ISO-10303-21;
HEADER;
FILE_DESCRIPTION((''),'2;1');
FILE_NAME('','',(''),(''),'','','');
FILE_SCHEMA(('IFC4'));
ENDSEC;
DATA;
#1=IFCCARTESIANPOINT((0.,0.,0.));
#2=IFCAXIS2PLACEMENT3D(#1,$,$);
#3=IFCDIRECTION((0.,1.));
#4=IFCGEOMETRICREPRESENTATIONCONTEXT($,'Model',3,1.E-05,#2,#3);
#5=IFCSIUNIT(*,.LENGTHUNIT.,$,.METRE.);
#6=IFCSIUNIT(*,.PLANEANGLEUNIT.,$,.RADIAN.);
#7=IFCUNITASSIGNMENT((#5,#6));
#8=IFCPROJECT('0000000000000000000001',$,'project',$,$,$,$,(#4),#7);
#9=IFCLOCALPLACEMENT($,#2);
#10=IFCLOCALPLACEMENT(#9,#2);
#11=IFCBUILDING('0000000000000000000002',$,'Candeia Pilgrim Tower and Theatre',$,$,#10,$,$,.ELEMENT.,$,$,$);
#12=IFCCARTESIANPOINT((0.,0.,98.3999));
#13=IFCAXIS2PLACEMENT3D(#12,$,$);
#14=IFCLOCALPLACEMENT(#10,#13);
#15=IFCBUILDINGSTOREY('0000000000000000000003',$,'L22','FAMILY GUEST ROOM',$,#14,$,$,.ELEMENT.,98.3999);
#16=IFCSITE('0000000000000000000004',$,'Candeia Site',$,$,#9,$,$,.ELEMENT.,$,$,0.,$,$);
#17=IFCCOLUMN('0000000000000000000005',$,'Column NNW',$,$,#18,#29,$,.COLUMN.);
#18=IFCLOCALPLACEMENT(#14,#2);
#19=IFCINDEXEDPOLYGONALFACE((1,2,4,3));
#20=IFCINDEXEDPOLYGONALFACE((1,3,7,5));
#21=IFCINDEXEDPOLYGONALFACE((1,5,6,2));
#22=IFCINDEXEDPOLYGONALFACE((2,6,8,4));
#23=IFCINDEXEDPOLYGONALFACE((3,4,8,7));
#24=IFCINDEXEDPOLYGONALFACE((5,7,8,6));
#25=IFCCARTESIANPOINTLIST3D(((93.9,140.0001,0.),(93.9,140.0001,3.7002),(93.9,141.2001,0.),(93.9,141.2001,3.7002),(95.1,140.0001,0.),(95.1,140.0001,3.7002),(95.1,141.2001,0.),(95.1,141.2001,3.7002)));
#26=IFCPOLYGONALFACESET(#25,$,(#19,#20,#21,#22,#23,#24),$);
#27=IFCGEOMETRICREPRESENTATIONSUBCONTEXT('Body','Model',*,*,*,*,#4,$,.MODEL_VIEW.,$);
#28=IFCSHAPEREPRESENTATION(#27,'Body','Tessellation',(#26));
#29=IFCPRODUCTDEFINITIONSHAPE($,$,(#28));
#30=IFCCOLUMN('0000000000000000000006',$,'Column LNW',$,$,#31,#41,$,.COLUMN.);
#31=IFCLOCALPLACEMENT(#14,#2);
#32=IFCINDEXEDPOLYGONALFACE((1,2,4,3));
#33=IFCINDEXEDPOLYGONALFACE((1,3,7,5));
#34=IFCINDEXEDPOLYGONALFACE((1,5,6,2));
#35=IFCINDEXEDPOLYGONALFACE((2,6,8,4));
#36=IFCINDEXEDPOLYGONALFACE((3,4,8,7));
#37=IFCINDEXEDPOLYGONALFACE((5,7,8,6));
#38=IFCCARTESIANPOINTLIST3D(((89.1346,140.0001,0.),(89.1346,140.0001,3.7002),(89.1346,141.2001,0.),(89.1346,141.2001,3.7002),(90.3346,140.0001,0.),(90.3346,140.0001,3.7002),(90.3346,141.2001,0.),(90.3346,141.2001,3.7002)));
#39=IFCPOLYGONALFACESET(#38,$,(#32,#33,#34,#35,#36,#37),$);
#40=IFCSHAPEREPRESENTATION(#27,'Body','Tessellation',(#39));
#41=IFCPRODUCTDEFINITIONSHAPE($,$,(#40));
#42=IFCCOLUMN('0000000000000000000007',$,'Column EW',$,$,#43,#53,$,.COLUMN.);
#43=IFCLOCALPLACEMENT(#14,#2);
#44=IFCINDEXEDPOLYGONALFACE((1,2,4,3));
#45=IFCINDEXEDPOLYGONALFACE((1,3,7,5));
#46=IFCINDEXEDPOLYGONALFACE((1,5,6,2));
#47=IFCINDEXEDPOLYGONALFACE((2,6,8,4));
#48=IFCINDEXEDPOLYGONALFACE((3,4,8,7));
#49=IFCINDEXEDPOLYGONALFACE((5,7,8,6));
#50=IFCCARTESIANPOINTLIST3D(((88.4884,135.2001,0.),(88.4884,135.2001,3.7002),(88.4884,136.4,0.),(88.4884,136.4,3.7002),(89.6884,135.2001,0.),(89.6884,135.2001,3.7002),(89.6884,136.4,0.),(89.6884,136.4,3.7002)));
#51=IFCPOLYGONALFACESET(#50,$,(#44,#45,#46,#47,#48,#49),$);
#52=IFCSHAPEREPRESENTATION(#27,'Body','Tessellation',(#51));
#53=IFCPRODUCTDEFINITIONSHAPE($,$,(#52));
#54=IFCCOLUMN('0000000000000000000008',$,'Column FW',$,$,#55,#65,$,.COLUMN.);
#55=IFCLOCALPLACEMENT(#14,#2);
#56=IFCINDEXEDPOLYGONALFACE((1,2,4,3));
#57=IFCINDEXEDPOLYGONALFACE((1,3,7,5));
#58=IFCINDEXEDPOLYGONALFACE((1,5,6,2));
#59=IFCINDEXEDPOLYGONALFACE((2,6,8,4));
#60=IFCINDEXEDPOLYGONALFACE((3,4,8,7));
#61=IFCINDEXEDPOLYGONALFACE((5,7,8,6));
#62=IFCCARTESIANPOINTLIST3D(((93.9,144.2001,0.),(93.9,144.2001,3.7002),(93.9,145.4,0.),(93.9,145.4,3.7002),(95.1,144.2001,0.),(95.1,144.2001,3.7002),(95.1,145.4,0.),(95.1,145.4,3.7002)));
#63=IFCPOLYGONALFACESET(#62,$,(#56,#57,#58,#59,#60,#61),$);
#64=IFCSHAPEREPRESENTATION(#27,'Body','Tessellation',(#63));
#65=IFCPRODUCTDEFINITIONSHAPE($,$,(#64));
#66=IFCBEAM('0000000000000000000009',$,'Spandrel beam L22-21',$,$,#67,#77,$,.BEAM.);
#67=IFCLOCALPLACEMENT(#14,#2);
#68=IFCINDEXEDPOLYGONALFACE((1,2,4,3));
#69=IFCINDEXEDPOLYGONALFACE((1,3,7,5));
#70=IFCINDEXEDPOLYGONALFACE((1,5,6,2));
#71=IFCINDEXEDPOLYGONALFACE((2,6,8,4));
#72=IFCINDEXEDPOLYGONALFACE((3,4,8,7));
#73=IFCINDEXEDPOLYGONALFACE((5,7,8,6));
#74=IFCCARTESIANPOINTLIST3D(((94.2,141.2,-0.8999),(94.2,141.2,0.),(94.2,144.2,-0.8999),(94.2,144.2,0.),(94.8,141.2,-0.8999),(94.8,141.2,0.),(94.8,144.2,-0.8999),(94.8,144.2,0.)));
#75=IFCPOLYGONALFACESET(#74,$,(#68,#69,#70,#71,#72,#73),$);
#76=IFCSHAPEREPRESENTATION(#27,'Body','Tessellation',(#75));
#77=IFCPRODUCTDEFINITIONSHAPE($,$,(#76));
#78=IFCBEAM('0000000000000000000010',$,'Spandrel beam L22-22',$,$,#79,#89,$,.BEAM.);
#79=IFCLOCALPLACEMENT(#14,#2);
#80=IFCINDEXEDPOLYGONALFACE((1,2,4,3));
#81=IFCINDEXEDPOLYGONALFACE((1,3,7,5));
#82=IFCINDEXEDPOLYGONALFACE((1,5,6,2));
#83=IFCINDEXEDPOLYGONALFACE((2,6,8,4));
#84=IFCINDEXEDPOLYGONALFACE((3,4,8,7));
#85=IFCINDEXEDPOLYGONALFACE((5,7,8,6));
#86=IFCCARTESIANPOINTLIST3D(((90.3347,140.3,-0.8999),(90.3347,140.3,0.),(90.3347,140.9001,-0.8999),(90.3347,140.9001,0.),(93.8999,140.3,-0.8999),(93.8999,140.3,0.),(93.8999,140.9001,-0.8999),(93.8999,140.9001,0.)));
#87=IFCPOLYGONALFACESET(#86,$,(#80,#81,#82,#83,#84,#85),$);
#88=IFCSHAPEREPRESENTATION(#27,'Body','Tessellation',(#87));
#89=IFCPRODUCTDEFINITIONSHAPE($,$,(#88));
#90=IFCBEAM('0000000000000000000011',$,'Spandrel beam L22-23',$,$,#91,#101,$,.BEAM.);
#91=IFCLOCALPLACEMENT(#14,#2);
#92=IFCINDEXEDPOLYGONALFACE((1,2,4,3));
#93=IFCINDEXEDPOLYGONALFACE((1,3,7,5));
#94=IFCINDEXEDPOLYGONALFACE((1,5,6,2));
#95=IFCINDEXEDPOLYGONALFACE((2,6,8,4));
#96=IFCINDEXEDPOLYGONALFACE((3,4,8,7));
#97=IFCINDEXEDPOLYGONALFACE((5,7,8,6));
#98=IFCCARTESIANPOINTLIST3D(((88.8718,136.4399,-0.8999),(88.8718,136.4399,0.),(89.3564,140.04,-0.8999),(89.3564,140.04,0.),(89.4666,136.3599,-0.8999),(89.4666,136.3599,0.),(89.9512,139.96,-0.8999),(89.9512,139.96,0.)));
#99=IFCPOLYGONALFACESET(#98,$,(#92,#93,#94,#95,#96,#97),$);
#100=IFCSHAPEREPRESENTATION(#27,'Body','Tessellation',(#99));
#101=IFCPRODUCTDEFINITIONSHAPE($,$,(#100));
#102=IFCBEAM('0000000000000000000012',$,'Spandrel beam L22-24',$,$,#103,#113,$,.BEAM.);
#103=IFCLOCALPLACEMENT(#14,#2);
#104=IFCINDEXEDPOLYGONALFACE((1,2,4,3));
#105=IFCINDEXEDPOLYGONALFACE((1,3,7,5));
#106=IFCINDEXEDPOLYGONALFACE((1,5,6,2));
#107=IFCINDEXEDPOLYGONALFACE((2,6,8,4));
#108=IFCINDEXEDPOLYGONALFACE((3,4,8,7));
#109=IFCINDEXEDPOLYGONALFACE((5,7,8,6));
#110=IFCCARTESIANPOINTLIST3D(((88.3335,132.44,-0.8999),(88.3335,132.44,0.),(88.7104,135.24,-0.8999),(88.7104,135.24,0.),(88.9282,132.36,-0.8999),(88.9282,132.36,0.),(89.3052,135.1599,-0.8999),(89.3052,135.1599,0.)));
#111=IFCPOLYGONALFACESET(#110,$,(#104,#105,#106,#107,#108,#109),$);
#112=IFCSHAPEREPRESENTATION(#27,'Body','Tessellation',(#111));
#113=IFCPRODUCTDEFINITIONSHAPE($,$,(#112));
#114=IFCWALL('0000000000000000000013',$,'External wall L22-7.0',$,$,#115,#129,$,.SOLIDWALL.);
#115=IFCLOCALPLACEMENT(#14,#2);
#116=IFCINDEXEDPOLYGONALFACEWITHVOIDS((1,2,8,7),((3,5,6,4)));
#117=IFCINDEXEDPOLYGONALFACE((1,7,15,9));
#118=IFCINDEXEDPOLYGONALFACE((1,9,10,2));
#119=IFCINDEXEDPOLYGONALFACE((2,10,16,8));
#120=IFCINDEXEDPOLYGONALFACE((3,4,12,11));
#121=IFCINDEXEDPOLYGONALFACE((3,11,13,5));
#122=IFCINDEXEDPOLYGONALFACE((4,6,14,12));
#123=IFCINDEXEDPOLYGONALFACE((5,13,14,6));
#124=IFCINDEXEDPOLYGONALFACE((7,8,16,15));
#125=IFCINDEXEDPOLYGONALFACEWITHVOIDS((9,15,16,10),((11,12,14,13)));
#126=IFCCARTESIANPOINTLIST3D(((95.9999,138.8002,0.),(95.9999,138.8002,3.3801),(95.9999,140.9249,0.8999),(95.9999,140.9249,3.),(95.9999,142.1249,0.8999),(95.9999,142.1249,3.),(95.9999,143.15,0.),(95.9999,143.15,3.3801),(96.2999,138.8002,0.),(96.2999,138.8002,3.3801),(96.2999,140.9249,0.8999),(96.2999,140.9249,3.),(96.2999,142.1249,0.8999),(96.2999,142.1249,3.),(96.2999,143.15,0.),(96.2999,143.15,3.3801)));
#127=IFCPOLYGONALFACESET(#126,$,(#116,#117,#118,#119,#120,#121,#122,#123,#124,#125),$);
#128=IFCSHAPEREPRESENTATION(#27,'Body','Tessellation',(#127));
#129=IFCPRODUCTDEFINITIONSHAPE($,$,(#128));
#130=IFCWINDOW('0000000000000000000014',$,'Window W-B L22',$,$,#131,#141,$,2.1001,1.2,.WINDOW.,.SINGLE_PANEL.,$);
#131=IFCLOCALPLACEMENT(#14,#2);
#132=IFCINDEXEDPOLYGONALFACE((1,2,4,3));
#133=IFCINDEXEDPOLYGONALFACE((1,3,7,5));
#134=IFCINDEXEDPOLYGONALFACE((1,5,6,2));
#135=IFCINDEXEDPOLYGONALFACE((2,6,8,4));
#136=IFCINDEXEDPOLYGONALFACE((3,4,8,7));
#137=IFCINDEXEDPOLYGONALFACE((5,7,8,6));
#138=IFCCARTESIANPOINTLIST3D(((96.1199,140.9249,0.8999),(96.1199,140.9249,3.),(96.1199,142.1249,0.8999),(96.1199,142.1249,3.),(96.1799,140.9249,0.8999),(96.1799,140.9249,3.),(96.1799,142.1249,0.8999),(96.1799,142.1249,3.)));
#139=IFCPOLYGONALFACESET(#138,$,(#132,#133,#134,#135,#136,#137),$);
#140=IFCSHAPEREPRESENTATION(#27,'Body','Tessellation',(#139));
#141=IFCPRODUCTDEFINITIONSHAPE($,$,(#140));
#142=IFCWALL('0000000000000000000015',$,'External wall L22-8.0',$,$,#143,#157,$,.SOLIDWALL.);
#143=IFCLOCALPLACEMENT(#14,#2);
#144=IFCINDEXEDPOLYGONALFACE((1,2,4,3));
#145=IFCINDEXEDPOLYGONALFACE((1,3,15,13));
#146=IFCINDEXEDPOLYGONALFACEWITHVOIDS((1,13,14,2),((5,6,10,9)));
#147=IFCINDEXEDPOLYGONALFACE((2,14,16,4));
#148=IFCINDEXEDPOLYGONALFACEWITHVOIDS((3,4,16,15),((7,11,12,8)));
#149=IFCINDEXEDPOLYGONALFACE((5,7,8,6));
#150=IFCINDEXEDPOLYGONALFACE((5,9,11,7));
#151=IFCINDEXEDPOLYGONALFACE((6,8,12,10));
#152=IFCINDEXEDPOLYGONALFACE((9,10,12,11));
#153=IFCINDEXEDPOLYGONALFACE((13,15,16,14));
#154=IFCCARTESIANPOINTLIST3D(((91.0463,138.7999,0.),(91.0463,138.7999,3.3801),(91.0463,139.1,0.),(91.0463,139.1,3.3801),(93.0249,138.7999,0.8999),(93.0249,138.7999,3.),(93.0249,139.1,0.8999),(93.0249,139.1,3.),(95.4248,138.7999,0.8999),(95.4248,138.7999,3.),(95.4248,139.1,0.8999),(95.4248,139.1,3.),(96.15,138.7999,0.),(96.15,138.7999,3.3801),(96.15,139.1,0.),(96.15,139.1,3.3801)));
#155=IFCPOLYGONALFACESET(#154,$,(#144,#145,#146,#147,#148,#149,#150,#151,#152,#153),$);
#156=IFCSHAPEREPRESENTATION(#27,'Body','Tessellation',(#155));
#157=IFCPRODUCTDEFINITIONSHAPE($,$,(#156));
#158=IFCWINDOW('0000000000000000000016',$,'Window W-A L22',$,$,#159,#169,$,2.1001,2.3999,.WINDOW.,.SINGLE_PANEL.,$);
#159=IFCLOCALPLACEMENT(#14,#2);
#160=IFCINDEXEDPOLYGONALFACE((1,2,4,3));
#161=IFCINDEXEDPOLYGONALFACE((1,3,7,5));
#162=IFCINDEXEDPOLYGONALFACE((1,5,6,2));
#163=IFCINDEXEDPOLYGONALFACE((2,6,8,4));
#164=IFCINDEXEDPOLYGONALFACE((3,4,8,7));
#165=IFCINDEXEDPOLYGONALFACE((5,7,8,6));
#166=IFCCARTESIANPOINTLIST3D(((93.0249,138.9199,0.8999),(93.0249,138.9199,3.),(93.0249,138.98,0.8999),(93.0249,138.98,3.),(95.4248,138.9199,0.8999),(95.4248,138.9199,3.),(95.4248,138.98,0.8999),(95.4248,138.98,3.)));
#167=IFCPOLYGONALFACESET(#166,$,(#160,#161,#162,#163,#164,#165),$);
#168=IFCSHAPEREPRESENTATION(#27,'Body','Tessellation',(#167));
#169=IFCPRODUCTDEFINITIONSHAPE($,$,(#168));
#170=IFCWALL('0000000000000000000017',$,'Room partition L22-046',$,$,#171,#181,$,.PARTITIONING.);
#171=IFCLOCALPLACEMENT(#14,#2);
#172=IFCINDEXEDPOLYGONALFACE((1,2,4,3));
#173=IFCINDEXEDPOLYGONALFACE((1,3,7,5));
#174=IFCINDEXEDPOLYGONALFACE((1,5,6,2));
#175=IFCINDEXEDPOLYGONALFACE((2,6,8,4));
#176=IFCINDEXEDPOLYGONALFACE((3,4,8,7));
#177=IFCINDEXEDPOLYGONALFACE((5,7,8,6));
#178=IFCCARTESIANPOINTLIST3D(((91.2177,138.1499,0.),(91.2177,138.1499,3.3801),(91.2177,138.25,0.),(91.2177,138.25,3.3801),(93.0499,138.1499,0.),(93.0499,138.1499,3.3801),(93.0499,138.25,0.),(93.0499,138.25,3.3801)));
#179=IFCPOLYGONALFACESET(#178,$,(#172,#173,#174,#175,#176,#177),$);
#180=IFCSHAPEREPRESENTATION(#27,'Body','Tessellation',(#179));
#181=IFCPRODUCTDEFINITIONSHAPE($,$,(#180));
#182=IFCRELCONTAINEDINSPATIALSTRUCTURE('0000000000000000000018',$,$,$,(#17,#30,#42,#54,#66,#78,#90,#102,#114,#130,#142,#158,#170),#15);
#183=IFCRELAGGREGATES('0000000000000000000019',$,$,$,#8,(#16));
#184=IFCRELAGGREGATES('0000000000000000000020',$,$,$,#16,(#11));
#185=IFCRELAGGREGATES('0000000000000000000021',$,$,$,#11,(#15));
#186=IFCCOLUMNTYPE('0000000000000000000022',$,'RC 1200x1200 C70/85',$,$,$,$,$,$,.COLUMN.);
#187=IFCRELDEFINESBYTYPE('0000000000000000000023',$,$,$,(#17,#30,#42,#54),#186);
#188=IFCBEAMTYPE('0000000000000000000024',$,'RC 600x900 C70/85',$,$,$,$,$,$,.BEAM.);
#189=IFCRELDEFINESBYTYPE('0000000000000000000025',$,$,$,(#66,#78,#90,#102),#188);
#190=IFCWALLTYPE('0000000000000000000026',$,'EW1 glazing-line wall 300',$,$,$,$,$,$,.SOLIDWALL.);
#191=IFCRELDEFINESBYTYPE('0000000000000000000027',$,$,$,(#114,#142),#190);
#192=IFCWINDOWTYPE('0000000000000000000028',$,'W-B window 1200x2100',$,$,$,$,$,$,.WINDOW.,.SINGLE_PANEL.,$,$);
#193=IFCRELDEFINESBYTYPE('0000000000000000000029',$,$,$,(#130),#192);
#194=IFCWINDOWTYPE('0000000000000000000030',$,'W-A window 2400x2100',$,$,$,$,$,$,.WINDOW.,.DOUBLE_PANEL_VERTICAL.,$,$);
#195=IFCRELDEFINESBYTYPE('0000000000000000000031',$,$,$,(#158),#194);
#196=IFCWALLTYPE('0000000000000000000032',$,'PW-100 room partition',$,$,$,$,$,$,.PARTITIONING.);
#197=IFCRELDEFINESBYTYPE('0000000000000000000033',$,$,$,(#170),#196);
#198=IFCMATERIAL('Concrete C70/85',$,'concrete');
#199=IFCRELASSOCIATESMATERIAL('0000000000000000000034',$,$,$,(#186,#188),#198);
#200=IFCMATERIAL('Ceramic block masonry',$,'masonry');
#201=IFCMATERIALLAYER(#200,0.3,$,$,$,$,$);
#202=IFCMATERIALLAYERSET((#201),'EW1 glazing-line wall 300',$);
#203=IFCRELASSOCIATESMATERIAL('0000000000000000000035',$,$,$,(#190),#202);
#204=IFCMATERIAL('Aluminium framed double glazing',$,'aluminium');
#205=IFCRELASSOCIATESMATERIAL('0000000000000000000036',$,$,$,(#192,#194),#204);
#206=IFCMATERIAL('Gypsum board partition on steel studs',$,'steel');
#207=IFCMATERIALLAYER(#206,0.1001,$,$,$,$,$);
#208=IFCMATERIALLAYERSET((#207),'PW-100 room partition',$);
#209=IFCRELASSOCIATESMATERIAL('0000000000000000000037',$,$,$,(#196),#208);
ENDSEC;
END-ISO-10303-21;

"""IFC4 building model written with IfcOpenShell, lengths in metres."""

from ifc_helpers import new_model, si_unit, direction, frame, frame_2d, origin, origin_2d, place, context, subcontext, project, spatial, rectangle, extrude, material, layer, layer_set, material_profile, profile_set, type_object, element, fill, save


model = new_model("IFC4")

# Units and contexts
model_context = context("Model", 3, precision=1e-05, world=origin(), true_north=direction((0.0, 1.0)))
body_context = subcontext(model_context, "Body", "Model", "MODEL_VIEW")
ifc_project = project(units=[si_unit("LENGTHUNIT", "METRE"), si_unit("PLANEANGLEUNIT", "RADIAN")], contexts=[model_context])

# Site, building, storey
site_placement = place(None, origin())
site = spatial("IfcSite", under=ifc_project, at=site_placement, Name="Candeia Site", CompositionType="ELEMENT", RefElevation=0.0)
building_placement = place(site_placement, origin())
building = spatial("IfcBuilding", under=site, at=building_placement, Name="Candeia Pilgrim Tower and Theatre", CompositionType="ELEMENT")
storey_placement = place(building_placement, frame((0.0, 0.0, 98.3999)))
storey = spatial("IfcBuildingStorey", under=building, at=storey_placement, Name="L22", Description="FAMILY GUEST ROOM", CompositionType="ELEMENT", Elevation=98.3999)

# Columns
ifc_material_1 = material(Name="Concrete C70/85", Category="concrete")
ifc_material_profile_1 = material_profile(ifc_material_1, rectangle(XDim=1.2, YDim=1.2, at=origin_2d()))
ifc_profile_set_1 = profile_set([ifc_material_profile_1], Name="Concrete C70/85")
column_type = type_object("IfcColumnType", Name="RC 1200x1200 C70/85", PredefinedType="COLUMN", material=ifc_profile_set_1)
for number, where, z_axis, x_axis, name in (
    (1, (94.5, 140.6001, 0.0), (0.0, 0.0, 1.0), (1.0, 0.0, 0.0), "Column NNW"),
    (2, (89.7346, 140.6001, 0.0), (0.0, 0.0, 1.0), (1.0, 0.0, 0.0), "Column LNW"),
    (3, (89.0884, 135.8, 0.0), (0.0, 0.0, 1.0), (1.0, 0.0, 0.0), "Column EW"),
    (4, (94.5, 144.8, 0.0), (0.0, 0.0, 1.0), (1.0, 0.0, 0.0), "Column FW"),
):
    element("IfcColumn", number, at=place(storey_placement, frame(where, z_axis=z_axis, x_axis=x_axis)), inside=storey, type_object=column_type, Name=name, PredefinedType="COLUMN", context=body_context, shape_type="SweptSolid", body=[
        extrude(rectangle(XDim=1.2, YDim=1.2, at=origin_2d()), origin(), (0.0, 0.0, 1.0), 3.7002),
    ])

# Beams
ifc_material_profile_2 = material_profile(ifc_material_1, rectangle(XDim=0.6001, YDim=0.8999, at=origin_2d()))
ifc_profile_set_2 = profile_set([ifc_material_profile_2], Name="Concrete C70/85")
beam_type = type_object("IfcBeamType", Name="RC 600x900 C70/85", PredefinedType="BEAM", material=ifc_profile_set_2)
beam_1_placement = place(storey_placement, frame((94.5, 144.2, -0.45), z_axis=(0.0, -1.0, 0.0), x_axis=(1.0, 0.0, 0.0)))
element("IfcBeam", 5, at=beam_1_placement, inside=storey, type_object=beam_type, Name="Spandrel beam L22-21", PredefinedType="BEAM", context=body_context, shape_type="SweptSolid", body=[
    extrude(rectangle(XDim=0.6001, YDim=0.8999, at=origin_2d()), origin(), (0.0, 0.0, 1.0), 3.0),
])
beam_2_placement = place(storey_placement, frame((93.8999, 140.6001, -0.45), z_axis=(-1.0, 0.0, 0.0), x_axis=(0.0, -1.0, 0.0)))
element("IfcBeam", 6, at=beam_2_placement, inside=storey, type_object=beam_type, Name="Spandrel beam L22-22", PredefinedType="BEAM", context=body_context, shape_type="SweptSolid", body=[
    extrude(rectangle(XDim=0.6001, YDim=0.8999, at=origin_2d()), origin(), (0.0, 0.0, 1.0), 3.5652),
])
beam_3_placement = place(storey_placement, frame((89.6538, 140.0, -0.45), z_axis=(-0.133409, -0.991061, 0.0), x_axis=(0.991061, -0.133409, 0.0)))
element("IfcBeam", 7, at=beam_3_placement, inside=storey, type_object=beam_type, Name="Spandrel beam L22-23", PredefinedType="BEAM", context=body_context, shape_type="SweptSolid", body=[
    extrude(rectangle(XDim=0.6001, YDim=0.8999, at=origin_2d()), origin(), (0.0, 0.0, 1.0), 3.6326),
])
beam_4_placement = place(storey_placement, frame((89.0078, 135.2, -0.45), z_axis=(-0.13342, -0.99106, 0.0), x_axis=(0.99106, -0.13342, 0.0)))
element("IfcBeam", 8, at=beam_4_placement, inside=storey, type_object=beam_type, Name="Spandrel beam L22-24", PredefinedType="BEAM", context=body_context, shape_type="SweptSolid", body=[
    extrude(rectangle(XDim=0.6001, YDim=0.8999, at=origin_2d()), origin(), (0.0, 0.0, 1.0), 2.8252),
])

# Walls, openings, windows
ifc_material_2 = material(Name="Ceramic block masonry", Category="masonry")
ifc_layer_1 = layer(ifc_material_2, 0.3)
ifc_layer_set_1 = layer_set([ifc_layer_1], Name="EW1 glazing-line wall 300")
wall_type_1 = type_object("IfcWallType", Name="EW1 glazing-line wall 300", PredefinedType="SOLIDWALL", material=ifc_layer_set_1)
wall_1_placement = place(storey_placement, frame((96.1499, 143.1499, 0.0), z_axis=(0.0, 0.0, 1.0), x_axis=(0.0, -1.0, 0.0)))
wall_1 = element("IfcWall", 9, at=wall_1_placement, inside=storey, type_object=wall_type_1, Name="External wall L22-7.0", PredefinedType="SOLIDWALL", context=body_context, shape_type="SweptSolid", body=[
    extrude(rectangle(XDim=4.3499, YDim=0.3, at=frame_2d((2.1748, 0.0))), origin(), (0.0, 0.0, 1.0), 3.3801),
])
opening_1_placement = place(wall_1_placement, frame((1.0249, 0.0, 0.8999)))
opening_1 = element("IfcOpeningElement", 10, at=opening_1_placement, cuts=wall_1, PredefinedType="OPENING", context=body_context, shape_type="SweptSolid", body=[
    extrude(rectangle(XDim=1.2, YDim=2.1001, at=frame_2d((0.6001, 1.05))), frame((0.0, 0.1602, 0.0), z_axis=(0.0, -1.0, 0.0), x_axis=(1.0, 0.0, 0.0)), (0.0, 0.0, 1.0), 0.3201),
])
ifc_material_3 = material(Name="Aluminium framed double glazing", Category="aluminium")
window_type_1 = type_object("IfcWindowType", Name="W-B window 1200x2100", PartitioningType="SINGLE_PANEL", PredefinedType="WINDOW", material=ifc_material_3)
window_1_placement = place(opening_1_placement, origin())
window_1 = element("IfcWindow", 11, at=window_1_placement, inside=storey, type_object=window_type_1, Name="Window W-B L22", OverallHeight=2.1001, OverallWidth=1.2, PartitioningType="SINGLE_PANEL", PredefinedType="WINDOW", context=body_context, shape_type="SweptSolid", body=[
    extrude(rectangle(XDim=1.2, YDim=2.1001, at=frame_2d((0.6001, 1.05))), frame((0.0, 0.03, 0.0), z_axis=(0.0, -1.0, 0.0), x_axis=(1.0, 0.0, 0.0)), (0.0, 0.0, 1.0), 0.0601),
])
fill(opening_1, window_1)
wall_2_placement = place(storey_placement, frame((96.1499, 138.95, 0.0), z_axis=(0.0, 0.0, 1.0), x_axis=(-1.0, 0.0, 0.0)))
wall_2 = element("IfcWall", 12, at=wall_2_placement, inside=storey, type_object=wall_type_1, Name="External wall L22-8.0", PredefinedType="SOLIDWALL", context=body_context, shape_type="SweptSolid", body=[
    extrude(rectangle(XDim=5.1038, YDim=0.3, at=frame_2d((2.5518, 0.0))), origin(), (0.0, 0.0, 1.0), 3.3801),
])
opening_2_placement = place(wall_2_placement, frame((0.7251, 0.0, 0.8999)))
opening_2 = element("IfcOpeningElement", 13, at=opening_2_placement, cuts=wall_2, PredefinedType="OPENING", context=body_context, shape_type="SweptSolid", body=[
    extrude(rectangle(XDim=2.3999, YDim=2.1001, at=frame_2d((1.2, 1.05))), frame((0.0, 0.1602, 0.0), z_axis=(0.0, -1.0, 0.0), x_axis=(1.0, 0.0, 0.0)), (0.0, 0.0, 1.0), 0.3201),
])
window_type_2 = type_object("IfcWindowType", Name="W-A window 2400x2100", PartitioningType="DOUBLE_PANEL_VERTICAL", PredefinedType="WINDOW", material=ifc_material_3)
window_2_placement = place(opening_2_placement, origin())
window_2 = element("IfcWindow", 14, at=window_2_placement, inside=storey, type_object=window_type_2, Name="Window W-A L22", OverallHeight=2.1001, OverallWidth=2.3999, PartitioningType="SINGLE_PANEL", PredefinedType="WINDOW", context=body_context, shape_type="SweptSolid", body=[
    extrude(rectangle(XDim=2.3999, YDim=2.1001, at=frame_2d((1.2, 1.05))), frame((0.0, 0.03, 0.0), z_axis=(0.0, -1.0, 0.0), x_axis=(1.0, 0.0, 0.0)), (0.0, 0.0, 1.0), 0.0601),
])
fill(opening_2, window_2)

# Wall
ifc_material_4 = material(Name="Gypsum board partition on steel studs", Category="steel")
ifc_layer_2 = layer(ifc_material_4, 0.1001)
ifc_layer_set_2 = layer_set([ifc_layer_2], Name="PW-100 room partition")
wall_type_2 = type_object("IfcWallType", Name="PW-100 room partition", PredefinedType="PARTITIONING", material=ifc_layer_set_2)
wall_3_placement = place(storey_placement, frame((91.2178, 138.2, 0.0), z_axis=(0.0, 0.0, 1.0), x_axis=(1.0, 0.0, 0.0)))
element("IfcWall", 15, at=wall_3_placement, inside=storey, type_object=wall_type_2, Name="Room partition L22-046", PredefinedType="PARTITIONING", context=body_context, shape_type="SweptSolid", body=[
    extrude(rectangle(XDim=1.8323, YDim=0.1001, at=frame_2d((0.916, 0.0))), origin(), (0.0, 0.0, 1.0), 3.3801),
])

save(model, "model.ifc")
